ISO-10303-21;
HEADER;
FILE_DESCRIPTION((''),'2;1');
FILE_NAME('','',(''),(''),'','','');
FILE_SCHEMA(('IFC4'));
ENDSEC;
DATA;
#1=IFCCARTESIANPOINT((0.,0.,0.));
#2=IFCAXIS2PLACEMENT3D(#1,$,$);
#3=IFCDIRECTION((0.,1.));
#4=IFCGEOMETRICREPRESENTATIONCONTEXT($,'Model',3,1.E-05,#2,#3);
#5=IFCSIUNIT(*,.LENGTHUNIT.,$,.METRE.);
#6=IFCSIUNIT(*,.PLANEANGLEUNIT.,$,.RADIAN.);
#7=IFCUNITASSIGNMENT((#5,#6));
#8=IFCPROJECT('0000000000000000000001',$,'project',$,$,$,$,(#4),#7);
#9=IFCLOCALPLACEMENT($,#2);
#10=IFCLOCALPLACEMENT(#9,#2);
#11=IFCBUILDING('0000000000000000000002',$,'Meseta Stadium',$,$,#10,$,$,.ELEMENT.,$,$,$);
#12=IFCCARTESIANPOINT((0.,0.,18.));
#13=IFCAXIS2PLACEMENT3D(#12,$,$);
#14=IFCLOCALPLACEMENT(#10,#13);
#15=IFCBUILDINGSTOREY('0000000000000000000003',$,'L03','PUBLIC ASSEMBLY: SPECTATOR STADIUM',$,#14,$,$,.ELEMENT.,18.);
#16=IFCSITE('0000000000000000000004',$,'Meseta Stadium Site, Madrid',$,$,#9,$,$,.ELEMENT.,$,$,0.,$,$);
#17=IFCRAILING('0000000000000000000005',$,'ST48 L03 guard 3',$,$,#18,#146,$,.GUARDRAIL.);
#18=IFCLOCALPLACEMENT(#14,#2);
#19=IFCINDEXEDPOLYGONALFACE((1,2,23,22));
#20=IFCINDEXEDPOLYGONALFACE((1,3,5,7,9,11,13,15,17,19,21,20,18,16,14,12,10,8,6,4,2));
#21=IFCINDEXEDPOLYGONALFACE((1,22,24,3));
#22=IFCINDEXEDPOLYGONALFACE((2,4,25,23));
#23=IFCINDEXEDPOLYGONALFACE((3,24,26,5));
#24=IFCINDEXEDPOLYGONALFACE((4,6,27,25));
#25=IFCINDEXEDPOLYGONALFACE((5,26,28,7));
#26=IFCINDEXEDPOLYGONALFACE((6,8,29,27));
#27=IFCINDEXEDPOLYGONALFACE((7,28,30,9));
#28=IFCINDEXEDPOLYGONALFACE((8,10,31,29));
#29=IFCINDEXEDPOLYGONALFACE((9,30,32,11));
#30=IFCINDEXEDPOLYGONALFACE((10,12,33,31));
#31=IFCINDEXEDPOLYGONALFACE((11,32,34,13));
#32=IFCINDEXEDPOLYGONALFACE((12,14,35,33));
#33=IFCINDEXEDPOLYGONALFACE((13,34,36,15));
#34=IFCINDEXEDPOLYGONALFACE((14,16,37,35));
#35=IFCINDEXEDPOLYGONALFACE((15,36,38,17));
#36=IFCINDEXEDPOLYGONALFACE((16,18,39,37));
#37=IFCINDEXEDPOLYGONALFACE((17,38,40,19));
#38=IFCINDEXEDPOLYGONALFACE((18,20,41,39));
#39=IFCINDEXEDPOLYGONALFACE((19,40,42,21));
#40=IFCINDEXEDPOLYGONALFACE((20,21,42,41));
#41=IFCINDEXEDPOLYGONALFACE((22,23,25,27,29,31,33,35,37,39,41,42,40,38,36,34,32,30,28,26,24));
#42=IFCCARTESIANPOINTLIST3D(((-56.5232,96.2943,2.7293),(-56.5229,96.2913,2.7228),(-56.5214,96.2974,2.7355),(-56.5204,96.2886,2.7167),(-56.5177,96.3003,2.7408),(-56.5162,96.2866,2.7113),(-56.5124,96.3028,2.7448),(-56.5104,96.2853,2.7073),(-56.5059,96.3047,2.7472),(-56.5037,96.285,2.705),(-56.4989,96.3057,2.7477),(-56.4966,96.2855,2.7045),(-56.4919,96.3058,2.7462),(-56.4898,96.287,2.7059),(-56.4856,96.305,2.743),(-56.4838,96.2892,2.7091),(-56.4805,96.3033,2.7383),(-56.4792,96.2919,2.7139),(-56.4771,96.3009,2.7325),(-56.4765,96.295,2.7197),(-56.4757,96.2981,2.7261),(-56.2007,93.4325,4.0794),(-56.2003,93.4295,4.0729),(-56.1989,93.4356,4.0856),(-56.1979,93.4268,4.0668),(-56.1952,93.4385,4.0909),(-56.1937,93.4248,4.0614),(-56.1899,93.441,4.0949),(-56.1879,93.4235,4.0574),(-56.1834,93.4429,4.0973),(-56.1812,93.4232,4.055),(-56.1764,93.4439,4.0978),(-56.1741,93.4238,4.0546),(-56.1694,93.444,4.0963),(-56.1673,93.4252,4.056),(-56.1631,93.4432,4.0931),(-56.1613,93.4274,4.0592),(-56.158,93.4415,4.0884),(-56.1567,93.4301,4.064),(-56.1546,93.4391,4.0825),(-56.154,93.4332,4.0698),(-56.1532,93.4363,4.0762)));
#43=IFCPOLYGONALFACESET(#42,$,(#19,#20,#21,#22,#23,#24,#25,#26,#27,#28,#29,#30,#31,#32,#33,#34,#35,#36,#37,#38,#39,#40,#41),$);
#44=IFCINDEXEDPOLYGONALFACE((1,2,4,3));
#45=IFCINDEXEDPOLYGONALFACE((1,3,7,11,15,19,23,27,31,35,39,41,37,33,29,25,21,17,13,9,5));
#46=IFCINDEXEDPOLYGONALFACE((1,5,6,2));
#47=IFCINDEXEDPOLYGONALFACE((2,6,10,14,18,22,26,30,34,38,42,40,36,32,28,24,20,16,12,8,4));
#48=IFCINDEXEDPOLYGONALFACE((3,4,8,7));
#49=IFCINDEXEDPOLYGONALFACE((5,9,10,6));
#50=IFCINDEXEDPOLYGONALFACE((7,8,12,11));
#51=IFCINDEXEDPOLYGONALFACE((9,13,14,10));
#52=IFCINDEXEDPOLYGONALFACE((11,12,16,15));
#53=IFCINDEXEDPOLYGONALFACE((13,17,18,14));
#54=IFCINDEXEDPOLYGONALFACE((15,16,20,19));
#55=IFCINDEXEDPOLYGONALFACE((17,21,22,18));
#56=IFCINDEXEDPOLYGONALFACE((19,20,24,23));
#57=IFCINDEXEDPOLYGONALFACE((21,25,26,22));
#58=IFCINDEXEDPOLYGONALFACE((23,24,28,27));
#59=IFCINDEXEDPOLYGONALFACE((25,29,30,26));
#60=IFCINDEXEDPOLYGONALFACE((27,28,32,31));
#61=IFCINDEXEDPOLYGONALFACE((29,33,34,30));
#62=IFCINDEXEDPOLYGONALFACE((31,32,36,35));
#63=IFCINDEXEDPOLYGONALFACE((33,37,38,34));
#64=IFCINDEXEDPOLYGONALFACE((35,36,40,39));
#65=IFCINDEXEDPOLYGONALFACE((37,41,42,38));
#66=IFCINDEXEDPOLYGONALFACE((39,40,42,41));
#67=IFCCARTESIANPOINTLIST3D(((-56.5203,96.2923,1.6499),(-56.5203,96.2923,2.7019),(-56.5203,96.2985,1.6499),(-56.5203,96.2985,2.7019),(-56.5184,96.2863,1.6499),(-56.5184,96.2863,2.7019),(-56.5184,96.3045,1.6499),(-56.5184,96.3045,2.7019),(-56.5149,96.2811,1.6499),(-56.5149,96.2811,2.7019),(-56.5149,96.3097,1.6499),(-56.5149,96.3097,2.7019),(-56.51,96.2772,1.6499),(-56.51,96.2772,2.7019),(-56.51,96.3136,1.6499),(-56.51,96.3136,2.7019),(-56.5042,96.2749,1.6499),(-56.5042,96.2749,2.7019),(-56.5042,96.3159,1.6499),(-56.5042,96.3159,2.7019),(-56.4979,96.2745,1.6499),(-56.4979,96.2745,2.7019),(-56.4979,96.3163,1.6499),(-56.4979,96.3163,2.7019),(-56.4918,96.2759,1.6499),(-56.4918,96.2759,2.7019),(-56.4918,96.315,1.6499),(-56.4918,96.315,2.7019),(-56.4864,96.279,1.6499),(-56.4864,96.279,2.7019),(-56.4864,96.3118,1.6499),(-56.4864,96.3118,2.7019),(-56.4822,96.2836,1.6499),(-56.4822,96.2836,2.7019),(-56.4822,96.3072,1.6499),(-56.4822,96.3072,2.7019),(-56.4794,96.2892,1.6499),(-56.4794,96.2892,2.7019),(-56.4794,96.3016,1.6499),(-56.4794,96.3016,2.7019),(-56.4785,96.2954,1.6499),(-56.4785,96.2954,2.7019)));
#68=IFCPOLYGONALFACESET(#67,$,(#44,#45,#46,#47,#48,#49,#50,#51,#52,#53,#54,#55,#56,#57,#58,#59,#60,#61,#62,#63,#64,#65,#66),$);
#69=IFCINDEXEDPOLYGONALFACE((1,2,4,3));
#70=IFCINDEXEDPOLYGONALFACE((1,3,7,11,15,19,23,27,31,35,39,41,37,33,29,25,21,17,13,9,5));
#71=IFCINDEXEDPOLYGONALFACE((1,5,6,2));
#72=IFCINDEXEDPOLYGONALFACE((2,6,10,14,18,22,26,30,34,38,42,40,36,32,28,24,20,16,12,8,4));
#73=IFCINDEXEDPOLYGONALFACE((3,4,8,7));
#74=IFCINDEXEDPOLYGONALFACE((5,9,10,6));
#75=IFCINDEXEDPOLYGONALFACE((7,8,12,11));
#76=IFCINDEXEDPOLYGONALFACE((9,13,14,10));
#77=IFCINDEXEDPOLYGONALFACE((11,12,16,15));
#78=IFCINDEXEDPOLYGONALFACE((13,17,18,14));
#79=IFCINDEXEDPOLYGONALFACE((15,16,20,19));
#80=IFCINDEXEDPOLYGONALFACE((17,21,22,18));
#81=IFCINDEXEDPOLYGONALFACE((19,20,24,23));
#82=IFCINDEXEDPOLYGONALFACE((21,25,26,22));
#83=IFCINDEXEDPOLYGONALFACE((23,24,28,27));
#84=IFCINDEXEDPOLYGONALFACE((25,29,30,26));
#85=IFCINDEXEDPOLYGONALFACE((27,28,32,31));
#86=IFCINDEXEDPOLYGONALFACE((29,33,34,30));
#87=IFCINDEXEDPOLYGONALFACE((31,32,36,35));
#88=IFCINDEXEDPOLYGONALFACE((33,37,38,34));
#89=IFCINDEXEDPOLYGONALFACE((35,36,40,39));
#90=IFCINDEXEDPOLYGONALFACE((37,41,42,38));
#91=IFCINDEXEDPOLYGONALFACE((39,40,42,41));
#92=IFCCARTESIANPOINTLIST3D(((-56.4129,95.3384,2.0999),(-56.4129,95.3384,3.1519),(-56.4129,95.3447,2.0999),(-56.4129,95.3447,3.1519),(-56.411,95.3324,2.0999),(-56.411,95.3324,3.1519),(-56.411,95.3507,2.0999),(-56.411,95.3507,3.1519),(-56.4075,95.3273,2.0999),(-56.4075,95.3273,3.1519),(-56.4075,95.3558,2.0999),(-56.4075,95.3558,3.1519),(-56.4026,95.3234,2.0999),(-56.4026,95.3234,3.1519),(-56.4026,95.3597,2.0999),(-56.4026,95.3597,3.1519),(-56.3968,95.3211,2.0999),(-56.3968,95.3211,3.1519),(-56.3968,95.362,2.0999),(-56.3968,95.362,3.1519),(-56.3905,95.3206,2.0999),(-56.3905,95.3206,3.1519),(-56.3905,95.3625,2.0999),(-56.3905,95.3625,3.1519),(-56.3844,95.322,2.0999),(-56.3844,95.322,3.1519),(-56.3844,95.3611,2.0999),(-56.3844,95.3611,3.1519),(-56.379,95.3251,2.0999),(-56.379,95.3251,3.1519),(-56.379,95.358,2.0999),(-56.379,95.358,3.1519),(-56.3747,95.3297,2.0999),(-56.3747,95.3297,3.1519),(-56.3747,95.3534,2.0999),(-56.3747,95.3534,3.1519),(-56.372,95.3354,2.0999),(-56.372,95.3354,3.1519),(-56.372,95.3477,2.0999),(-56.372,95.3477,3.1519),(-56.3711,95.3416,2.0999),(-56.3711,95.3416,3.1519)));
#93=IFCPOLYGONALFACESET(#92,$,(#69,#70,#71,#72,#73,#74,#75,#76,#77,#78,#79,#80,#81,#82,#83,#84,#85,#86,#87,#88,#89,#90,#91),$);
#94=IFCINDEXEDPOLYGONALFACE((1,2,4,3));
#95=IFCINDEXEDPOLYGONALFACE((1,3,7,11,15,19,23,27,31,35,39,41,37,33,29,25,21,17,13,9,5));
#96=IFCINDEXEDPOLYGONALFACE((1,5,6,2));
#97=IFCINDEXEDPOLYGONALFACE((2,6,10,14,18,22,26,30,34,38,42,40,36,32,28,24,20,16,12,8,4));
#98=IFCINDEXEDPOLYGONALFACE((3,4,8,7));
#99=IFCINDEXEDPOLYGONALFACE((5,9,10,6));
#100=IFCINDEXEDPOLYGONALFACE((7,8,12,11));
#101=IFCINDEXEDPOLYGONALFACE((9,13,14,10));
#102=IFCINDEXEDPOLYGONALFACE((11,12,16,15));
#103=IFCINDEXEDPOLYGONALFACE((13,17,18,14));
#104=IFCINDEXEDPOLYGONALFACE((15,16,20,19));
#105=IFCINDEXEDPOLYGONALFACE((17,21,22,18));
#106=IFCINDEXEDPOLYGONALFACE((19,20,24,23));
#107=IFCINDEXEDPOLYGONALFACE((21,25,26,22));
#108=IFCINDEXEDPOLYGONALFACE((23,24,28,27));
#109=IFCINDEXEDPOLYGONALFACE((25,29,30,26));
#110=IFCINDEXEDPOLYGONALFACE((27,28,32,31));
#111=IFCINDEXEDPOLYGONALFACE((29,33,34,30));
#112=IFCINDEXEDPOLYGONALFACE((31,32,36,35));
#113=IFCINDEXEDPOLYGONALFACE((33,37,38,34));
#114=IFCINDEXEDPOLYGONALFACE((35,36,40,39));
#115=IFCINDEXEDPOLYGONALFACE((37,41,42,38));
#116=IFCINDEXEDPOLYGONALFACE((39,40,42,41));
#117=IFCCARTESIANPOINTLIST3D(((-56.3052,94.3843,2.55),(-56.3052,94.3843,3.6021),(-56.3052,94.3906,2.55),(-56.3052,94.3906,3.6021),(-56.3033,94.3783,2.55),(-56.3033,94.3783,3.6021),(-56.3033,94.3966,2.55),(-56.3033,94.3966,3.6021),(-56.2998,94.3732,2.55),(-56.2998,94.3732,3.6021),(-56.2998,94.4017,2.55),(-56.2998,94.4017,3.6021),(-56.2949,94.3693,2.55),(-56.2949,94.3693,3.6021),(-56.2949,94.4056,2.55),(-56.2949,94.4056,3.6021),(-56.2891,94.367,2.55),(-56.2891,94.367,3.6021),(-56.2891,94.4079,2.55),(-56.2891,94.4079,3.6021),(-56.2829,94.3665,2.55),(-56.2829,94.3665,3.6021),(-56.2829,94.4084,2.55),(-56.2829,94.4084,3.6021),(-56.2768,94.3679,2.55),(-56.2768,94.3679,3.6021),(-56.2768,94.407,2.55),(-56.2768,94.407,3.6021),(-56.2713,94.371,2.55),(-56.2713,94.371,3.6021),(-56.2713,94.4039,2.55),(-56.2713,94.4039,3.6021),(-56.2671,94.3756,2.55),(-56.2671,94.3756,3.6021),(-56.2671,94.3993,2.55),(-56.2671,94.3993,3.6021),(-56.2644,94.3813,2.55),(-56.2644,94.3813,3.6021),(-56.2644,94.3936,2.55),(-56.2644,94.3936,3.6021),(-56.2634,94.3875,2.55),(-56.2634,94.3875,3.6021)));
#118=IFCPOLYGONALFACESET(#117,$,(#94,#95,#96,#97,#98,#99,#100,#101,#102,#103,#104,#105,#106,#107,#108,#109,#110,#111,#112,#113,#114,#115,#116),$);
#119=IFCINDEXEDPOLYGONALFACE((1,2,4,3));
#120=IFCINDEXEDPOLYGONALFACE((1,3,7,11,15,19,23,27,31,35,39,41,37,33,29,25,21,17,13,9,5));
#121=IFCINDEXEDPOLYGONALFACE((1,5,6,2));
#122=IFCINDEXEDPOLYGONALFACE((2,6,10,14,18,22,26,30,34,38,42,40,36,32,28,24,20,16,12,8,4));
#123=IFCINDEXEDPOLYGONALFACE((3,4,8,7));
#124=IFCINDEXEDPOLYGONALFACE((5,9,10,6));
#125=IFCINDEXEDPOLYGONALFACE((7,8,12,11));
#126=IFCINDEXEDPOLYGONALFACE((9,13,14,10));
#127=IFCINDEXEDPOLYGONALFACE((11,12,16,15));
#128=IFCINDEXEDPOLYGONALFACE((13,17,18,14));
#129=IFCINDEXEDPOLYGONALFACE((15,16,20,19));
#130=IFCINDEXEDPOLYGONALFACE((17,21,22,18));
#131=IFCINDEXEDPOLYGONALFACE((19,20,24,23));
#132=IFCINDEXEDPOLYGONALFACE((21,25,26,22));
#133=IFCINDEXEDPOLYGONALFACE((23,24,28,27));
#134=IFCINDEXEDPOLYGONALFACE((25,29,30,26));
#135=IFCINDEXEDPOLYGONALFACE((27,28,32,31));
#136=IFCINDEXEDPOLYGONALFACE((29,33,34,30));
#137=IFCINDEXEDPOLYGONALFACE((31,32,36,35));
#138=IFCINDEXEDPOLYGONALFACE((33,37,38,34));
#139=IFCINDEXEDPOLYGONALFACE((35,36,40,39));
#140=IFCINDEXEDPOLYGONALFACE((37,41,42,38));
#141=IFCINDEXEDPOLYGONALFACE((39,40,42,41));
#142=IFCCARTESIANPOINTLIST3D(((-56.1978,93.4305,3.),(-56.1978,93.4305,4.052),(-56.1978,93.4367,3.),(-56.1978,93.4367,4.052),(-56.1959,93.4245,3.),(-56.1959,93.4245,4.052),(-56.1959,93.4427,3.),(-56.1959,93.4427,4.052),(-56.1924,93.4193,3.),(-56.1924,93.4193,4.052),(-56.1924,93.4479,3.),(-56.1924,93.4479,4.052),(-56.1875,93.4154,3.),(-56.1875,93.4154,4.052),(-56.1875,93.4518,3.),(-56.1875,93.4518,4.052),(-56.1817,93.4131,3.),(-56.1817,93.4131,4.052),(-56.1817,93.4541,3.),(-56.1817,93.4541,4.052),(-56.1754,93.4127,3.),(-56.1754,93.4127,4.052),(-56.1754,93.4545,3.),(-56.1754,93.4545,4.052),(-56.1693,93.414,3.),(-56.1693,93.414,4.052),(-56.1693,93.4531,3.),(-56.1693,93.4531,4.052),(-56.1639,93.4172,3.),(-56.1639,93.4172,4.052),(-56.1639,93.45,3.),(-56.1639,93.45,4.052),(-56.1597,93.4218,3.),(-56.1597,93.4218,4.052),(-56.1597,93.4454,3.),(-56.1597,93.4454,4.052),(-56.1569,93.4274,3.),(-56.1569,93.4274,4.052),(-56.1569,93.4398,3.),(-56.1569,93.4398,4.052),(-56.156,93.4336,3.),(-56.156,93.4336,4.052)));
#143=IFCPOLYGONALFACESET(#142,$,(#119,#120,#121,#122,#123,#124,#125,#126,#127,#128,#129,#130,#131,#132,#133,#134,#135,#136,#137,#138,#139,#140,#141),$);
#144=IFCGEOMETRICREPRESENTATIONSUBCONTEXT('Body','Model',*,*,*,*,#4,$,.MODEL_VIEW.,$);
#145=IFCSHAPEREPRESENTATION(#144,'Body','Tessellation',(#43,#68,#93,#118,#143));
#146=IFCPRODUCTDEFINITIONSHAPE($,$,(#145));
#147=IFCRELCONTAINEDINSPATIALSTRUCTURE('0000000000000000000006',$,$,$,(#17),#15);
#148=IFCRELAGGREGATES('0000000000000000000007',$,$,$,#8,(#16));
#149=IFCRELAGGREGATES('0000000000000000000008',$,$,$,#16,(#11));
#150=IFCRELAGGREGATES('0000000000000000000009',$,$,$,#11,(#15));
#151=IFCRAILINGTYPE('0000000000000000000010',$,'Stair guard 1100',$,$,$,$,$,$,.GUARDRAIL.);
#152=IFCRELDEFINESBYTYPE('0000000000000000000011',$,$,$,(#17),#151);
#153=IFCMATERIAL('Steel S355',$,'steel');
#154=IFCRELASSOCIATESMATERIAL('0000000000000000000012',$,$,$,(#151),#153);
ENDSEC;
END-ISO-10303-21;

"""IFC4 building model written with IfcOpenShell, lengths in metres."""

from ifc_helpers import new_model, si_unit, direction, frame, origin, origin_2d, place, context, subcontext, project, spatial, circle, extrude, material, type_object, element, save


model = new_model("IFC4")

# Units and contexts
model_context = context("Model", 3, precision=1e-05, world=origin(), true_north=direction((0.0, 1.0)))
body_context = subcontext(model_context, "Body", "Model", "MODEL_VIEW")
ifc_project = project(units=[si_unit("LENGTHUNIT", "METRE"), si_unit("PLANEANGLEUNIT", "RADIAN")], contexts=[model_context])

# Site, building, storey
site_placement = place(None, origin())
site = spatial("IfcSite", under=ifc_project, at=site_placement, Name="Meseta Stadium Site, Madrid", CompositionType="ELEMENT", RefElevation=0.0)
building_placement = place(site_placement, origin())
building = spatial("IfcBuilding", under=site, at=building_placement, Name="Meseta Stadium", CompositionType="ELEMENT")
storey_placement = place(building_placement, frame((0.0, 0.0, 18.0)))
storey = spatial("IfcBuildingStorey", under=building, at=storey_placement, Name="L03", Description="PUBLIC ASSEMBLY: SPECTATOR STADIUM", CompositionType="ELEMENT", Elevation=18.0)

# Railing
ifc_material_1 = material(Name="Steel S355", Category="steel")
railing_type_1 = type_object("IfcRailingType", Name="Stair guard 1100", PredefinedType="GUARDRAIL", material=ifc_material_1)
railing_1_placement = place(storey_placement, frame((-56.4995, 96.2954, 1.6499)))
element("IfcRailing", 1, at=railing_1_placement, inside=storey, type_object=railing_type_1, Name="ST48 L03 guard 3", PredefinedType="GUARDRAIL", context=body_context, shape_type="SweptSolid", body=[
    extrude(circle(Radius=0.0239, at=origin_2d()), frame((0.0, 0.0, 1.0762), z_axis=(0.101396, -0.899748, 0.424467), x_axis=(0.99371, 0.111985, 0.0)), (0.0, 0.0, 1.0), 3.1807),
    extrude(circle(Radius=0.021, at=origin_2d()), origin(), (0.0, 0.0, 1.0), 1.052),
    extrude(circle(Radius=0.021, at=origin_2d()), frame((0.1074, -0.9539, 0.45)), (0.0, 0.0, 1.0), 1.052),
    extrude(circle(Radius=0.021, at=origin_2d()), frame((0.2151, -1.908, 0.9001)), (0.0, 0.0, 1.0), 1.052),
    extrude(circle(Radius=0.021, at=origin_2d()), frame((0.3225, -2.8618, 1.3501)), (0.0, 0.0, 1.0), 1.052),
])

save(model, "model.ifc")
